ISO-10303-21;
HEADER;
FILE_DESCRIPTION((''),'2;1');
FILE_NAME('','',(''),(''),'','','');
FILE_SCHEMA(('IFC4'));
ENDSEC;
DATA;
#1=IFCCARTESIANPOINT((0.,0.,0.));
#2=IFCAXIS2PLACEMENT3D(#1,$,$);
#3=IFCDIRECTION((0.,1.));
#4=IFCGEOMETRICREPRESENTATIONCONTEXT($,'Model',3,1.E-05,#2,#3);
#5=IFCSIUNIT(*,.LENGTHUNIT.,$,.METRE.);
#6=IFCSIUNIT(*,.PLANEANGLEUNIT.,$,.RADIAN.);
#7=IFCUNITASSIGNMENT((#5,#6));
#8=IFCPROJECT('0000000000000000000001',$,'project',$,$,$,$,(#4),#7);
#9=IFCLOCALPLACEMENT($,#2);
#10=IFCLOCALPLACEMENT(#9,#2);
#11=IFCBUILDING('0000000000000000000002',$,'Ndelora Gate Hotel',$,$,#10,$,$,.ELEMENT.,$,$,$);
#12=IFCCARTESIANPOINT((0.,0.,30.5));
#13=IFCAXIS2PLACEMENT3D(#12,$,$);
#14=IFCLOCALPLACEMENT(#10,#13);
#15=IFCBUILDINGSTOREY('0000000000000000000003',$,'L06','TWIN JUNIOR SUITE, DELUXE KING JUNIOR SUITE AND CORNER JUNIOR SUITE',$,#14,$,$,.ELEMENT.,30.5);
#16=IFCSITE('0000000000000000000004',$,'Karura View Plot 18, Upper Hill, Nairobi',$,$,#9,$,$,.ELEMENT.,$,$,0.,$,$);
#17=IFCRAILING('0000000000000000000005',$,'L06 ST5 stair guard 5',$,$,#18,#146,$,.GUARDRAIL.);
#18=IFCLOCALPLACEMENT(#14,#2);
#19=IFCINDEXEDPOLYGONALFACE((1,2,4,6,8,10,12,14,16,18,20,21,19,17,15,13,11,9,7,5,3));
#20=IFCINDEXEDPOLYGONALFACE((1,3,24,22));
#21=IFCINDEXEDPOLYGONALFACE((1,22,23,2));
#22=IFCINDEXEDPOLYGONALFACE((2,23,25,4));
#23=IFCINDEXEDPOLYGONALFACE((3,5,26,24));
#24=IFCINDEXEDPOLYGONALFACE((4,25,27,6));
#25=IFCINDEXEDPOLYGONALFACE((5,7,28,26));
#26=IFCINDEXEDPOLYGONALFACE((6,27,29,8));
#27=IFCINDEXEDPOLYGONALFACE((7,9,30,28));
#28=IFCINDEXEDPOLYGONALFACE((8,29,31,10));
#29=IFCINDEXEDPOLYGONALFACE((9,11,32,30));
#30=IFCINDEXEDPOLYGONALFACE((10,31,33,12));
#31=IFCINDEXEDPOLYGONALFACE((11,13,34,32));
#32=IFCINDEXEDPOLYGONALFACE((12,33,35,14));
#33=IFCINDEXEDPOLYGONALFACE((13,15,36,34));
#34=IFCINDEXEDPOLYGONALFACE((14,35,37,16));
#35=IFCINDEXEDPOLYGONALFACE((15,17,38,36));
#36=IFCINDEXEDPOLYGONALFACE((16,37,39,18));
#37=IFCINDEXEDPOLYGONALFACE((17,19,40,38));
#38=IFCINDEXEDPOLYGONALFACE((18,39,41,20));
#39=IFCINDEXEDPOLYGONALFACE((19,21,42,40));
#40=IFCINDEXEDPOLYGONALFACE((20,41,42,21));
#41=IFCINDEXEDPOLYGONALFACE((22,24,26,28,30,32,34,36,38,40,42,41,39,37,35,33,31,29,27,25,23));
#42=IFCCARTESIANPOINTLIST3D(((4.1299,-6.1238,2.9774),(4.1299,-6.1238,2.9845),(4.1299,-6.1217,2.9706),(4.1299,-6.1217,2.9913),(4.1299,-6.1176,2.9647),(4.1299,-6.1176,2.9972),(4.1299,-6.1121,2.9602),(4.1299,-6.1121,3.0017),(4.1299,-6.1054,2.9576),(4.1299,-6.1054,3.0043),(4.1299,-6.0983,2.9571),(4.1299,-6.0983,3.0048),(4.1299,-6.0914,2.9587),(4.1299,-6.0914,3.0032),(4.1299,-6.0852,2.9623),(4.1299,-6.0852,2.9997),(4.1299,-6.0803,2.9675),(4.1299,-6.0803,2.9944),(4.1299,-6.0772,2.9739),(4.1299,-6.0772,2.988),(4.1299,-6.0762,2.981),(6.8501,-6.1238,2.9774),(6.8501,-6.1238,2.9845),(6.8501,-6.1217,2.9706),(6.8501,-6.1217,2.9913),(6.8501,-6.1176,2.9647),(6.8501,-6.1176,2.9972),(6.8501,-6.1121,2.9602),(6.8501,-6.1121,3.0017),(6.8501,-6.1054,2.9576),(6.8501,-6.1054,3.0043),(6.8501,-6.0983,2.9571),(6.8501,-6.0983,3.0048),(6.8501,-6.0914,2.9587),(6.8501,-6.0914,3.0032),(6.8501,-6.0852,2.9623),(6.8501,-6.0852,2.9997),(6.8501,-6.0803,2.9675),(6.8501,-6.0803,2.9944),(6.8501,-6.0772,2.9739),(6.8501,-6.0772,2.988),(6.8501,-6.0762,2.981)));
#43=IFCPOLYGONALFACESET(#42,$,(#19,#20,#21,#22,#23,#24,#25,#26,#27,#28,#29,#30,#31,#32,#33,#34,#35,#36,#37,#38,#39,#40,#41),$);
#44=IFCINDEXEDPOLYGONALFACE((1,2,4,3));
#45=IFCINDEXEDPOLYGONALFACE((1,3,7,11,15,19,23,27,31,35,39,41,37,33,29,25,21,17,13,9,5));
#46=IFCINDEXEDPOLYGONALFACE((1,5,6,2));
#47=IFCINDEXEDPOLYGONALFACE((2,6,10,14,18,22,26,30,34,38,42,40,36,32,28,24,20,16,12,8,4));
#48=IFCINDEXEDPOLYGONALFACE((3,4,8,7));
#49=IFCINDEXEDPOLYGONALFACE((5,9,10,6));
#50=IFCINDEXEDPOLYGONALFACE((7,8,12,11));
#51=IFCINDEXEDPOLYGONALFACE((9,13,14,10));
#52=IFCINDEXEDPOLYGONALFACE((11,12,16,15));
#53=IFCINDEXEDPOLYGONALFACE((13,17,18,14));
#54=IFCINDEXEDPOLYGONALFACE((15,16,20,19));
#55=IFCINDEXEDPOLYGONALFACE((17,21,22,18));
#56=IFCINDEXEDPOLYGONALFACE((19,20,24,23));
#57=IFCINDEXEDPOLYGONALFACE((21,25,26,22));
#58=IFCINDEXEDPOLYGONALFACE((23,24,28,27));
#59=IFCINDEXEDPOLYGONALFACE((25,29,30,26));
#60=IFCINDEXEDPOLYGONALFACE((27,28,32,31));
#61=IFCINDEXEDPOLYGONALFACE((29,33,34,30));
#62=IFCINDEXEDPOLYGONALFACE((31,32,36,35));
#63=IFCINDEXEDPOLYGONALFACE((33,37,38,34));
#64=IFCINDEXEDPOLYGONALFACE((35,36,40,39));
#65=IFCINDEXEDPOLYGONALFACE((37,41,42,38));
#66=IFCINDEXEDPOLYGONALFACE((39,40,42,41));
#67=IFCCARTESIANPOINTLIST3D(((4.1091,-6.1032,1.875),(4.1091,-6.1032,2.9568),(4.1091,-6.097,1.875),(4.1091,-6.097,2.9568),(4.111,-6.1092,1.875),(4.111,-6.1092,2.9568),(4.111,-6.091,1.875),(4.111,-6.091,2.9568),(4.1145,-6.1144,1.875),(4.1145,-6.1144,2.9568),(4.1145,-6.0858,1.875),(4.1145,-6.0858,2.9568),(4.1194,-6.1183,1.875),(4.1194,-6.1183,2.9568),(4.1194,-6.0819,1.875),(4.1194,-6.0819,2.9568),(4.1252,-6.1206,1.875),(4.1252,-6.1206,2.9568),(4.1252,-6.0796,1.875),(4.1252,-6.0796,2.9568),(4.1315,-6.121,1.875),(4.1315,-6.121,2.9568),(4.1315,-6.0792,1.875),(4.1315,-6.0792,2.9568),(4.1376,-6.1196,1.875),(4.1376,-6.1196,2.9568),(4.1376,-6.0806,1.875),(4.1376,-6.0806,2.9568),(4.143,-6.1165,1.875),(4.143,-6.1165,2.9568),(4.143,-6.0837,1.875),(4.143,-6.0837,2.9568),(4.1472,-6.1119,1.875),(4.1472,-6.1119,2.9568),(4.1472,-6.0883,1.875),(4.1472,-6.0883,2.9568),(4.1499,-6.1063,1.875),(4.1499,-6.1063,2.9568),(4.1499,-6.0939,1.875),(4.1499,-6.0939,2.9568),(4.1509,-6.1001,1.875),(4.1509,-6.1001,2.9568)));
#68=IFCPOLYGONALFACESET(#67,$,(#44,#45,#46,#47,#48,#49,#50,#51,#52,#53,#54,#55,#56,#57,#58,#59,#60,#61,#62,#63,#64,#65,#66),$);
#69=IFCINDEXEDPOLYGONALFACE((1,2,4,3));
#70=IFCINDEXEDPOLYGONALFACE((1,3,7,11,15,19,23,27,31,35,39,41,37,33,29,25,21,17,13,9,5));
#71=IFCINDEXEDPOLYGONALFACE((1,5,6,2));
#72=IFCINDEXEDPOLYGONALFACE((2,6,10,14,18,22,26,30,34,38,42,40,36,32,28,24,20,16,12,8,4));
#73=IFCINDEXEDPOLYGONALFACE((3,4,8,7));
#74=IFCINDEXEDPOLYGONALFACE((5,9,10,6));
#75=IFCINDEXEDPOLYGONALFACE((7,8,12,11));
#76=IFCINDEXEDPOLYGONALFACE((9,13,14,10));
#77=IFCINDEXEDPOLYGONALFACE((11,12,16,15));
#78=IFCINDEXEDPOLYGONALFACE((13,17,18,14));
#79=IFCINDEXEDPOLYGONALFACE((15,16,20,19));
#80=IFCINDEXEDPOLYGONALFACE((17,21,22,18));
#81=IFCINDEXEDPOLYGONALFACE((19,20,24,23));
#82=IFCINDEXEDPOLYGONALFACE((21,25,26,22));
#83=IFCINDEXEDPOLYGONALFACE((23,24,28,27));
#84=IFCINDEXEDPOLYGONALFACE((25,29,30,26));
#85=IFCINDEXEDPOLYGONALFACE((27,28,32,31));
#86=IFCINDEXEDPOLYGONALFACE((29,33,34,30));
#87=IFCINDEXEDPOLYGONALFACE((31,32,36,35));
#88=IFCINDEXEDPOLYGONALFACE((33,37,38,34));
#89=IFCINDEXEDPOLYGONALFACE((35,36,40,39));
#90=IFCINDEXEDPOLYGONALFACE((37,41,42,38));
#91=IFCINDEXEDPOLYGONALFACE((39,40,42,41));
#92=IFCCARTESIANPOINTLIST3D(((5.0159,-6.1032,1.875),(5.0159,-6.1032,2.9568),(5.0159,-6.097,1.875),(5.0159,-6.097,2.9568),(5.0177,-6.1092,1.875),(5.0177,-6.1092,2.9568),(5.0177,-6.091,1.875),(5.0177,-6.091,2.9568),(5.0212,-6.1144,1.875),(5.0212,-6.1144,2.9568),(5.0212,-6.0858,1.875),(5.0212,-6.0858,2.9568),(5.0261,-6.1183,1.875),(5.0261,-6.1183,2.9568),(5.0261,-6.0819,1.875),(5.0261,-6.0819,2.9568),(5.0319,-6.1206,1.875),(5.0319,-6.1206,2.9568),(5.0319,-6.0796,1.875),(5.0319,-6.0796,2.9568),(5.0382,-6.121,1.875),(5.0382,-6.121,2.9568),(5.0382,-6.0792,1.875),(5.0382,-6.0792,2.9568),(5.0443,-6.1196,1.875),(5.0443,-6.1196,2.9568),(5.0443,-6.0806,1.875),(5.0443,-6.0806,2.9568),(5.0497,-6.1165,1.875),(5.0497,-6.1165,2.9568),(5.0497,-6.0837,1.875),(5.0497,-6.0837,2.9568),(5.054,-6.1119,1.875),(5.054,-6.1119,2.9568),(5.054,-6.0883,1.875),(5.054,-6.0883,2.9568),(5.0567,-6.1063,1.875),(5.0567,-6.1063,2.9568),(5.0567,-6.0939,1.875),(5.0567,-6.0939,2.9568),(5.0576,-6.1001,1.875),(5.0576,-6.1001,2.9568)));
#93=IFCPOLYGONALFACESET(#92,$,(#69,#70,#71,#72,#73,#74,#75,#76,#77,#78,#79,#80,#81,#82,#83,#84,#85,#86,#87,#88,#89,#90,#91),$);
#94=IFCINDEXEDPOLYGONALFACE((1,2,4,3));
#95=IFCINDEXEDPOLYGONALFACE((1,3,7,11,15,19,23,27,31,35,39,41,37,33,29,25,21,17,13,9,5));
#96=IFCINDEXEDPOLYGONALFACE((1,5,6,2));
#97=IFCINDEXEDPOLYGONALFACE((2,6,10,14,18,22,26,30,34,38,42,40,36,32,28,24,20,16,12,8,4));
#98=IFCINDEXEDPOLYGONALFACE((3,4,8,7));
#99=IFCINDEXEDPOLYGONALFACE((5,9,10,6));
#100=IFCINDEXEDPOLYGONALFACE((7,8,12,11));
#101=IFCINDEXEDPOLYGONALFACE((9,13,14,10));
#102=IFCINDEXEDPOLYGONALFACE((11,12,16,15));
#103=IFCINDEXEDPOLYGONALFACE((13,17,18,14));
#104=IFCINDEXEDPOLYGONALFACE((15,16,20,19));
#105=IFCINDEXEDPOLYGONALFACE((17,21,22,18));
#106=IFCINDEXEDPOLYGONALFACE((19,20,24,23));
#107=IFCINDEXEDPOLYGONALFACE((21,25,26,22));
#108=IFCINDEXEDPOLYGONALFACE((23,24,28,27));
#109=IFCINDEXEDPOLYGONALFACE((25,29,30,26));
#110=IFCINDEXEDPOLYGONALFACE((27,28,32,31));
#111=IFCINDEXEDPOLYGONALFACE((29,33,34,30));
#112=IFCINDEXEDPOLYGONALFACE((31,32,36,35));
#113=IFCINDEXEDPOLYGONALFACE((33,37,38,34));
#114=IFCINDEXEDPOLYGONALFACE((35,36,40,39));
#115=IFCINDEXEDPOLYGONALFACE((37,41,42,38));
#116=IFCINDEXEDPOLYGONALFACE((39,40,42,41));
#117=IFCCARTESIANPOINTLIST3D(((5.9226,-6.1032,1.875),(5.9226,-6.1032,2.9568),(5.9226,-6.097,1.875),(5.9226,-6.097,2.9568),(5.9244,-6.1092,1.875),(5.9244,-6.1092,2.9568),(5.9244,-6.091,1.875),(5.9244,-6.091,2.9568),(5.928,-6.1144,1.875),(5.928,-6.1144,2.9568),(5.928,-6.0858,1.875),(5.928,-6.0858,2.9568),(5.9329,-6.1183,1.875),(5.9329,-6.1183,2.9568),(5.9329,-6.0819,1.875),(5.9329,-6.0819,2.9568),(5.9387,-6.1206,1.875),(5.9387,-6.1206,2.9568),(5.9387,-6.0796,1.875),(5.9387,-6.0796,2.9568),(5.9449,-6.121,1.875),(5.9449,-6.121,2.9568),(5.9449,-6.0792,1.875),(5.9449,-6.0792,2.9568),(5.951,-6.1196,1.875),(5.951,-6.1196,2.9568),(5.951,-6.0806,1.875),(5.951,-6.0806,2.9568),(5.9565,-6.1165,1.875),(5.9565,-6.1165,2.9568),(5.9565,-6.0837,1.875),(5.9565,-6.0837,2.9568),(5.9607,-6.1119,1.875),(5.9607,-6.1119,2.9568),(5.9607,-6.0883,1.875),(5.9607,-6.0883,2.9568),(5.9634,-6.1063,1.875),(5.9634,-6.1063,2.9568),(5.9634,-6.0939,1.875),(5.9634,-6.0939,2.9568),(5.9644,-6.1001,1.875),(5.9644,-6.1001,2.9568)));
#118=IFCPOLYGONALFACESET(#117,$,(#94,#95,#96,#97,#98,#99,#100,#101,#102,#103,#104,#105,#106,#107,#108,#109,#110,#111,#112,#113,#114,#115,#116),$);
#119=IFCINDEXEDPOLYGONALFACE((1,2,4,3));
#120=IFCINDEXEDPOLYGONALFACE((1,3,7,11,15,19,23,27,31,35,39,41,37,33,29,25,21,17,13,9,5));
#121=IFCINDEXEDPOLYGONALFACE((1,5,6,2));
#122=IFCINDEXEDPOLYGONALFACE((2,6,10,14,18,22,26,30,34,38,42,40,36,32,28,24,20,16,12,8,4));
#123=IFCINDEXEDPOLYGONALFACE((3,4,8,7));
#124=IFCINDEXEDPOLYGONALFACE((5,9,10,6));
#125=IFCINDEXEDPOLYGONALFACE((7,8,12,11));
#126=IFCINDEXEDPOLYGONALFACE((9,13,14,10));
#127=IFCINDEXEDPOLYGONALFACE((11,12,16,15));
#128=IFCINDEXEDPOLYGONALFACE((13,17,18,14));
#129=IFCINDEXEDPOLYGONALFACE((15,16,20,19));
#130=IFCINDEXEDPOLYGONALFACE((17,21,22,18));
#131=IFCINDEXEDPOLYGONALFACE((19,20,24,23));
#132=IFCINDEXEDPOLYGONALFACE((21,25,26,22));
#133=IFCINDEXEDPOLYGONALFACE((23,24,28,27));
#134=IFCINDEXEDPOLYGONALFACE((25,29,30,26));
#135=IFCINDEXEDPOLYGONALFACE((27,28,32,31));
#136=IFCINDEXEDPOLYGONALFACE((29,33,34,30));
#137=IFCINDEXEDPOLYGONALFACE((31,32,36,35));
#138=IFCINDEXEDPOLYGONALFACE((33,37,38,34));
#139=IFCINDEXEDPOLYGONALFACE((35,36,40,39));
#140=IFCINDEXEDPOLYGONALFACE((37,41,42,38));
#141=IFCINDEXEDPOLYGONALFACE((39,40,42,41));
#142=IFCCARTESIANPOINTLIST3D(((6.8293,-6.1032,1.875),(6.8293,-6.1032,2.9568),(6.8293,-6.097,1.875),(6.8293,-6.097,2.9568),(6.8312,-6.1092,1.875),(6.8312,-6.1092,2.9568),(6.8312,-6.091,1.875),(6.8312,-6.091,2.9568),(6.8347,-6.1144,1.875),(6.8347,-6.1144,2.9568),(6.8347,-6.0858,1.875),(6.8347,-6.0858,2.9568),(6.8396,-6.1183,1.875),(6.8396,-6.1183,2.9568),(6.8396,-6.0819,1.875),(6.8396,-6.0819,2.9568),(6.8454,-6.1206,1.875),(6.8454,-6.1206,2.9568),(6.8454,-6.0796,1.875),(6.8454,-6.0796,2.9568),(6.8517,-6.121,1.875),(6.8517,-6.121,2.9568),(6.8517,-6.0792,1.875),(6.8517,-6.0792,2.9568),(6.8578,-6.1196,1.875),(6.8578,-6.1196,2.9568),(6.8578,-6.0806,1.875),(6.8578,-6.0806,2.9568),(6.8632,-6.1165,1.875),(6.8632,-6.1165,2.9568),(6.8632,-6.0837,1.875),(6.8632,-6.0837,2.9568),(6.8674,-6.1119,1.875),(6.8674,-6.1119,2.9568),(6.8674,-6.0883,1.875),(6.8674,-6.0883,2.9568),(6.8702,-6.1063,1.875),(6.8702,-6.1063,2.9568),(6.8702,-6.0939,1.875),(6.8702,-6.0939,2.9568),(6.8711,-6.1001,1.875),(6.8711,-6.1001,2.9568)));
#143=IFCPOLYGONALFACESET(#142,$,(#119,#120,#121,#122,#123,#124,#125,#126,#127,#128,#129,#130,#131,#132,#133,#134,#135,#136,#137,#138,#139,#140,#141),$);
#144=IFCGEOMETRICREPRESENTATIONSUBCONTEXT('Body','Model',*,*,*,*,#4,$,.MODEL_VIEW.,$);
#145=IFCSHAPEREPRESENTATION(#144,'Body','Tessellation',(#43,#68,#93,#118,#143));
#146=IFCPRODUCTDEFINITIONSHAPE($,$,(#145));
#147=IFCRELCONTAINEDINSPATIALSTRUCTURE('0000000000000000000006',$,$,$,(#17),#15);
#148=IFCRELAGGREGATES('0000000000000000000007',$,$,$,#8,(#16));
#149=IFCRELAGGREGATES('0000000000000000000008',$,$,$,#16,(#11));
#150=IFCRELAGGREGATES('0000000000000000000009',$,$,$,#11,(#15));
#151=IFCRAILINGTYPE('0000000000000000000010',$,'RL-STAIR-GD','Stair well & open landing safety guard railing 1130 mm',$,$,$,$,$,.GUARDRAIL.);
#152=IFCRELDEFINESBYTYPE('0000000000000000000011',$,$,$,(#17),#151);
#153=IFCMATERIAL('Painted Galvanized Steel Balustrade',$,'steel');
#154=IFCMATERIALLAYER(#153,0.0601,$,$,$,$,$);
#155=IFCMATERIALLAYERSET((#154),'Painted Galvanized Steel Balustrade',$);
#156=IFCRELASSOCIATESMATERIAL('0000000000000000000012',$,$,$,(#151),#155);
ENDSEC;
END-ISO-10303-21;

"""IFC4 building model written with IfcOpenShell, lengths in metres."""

from ifc_helpers import new_model, si_unit, direction, frame, origin, origin_2d, place, context, subcontext, project, spatial, circle, extrude, material, layer, layer_set, type_object, element, save


model = new_model("IFC4")

# Units and contexts
model_context = context("Model", 3, precision=1e-05, world=origin(), true_north=direction((0.0, 1.0)))
body_context = subcontext(model_context, "Body", "Model", "MODEL_VIEW")
ifc_project = project(units=[si_unit("LENGTHUNIT", "METRE"), si_unit("PLANEANGLEUNIT", "RADIAN")], contexts=[model_context])

# Site, building, storey
site_placement = place(None, origin())
site = spatial("IfcSite", under=ifc_project, at=site_placement, Name="Karura View Plot 18, Upper Hill, Nairobi", CompositionType="ELEMENT", RefElevation=0.0)
building_placement = place(site_placement, origin())
building = spatial("IfcBuilding", under=site, at=building_placement, Name="Ndelora Gate Hotel", CompositionType="ELEMENT")
storey_placement = place(building_placement, frame((0.0, 0.0, 30.5)))
storey = spatial("IfcBuildingStorey", under=building, at=storey_placement, Name="L06", Description="TWIN JUNIOR SUITE, DELUXE KING JUNIOR SUITE AND CORNER JUNIOR SUITE", CompositionType="ELEMENT", Elevation=30.5)

# Railing
ifc_material_1 = material(Name="Painted Galvanized Steel Balustrade", Category="steel")
ifc_layer_1 = layer(ifc_material_1, 0.0601)
ifc_layer_set_1 = layer_set([ifc_layer_1], Name="Painted Galvanized Steel Balustrade")
railing_type_1 = type_object("IfcRailingType", Name="RL-STAIR-GD", Description="Stair well & open landing safety guard railing 1130 mm", PredefinedType="GUARDRAIL", material=ifc_layer_set_1)
railing_1_placement = place(storey_placement, frame((4.1299, -6.1001, 1.875)))
element("IfcRailing", 1, at=railing_1_placement, inside=storey, type_object=railing_type_1, Name="L06 ST5 stair guard 5", PredefinedType="GUARDRAIL", context=body_context, shape_type="SweptSolid", body=[
    extrude(circle(Radius=0.0239, at=origin_2d()), frame((0.0, 0.0, 1.106), z_axis=(1.0, 0.0, 0.0), x_axis=(0.0, 1.0, 0.0)), (0.0, 0.0, 1.0), 2.7202),
    extrude(circle(Radius=0.021, at=origin_2d()), origin(), (0.0, 0.0, 1.0), 1.0818),
    extrude(circle(Radius=0.021, at=origin_2d()), frame((0.9067, 0.0, 0.0)), (0.0, 0.0, 1.0), 1.0818),
    extrude(circle(Radius=0.021, at=origin_2d()), frame((1.8135, 0.0, 0.0)), (0.0, 0.0, 1.0), 1.0818),
    extrude(circle(Radius=0.021, at=origin_2d()), frame((2.7202, 0.0, 0.0)), (0.0, 0.0, 1.0), 1.0818),
])

save(model, "model.ifc")
